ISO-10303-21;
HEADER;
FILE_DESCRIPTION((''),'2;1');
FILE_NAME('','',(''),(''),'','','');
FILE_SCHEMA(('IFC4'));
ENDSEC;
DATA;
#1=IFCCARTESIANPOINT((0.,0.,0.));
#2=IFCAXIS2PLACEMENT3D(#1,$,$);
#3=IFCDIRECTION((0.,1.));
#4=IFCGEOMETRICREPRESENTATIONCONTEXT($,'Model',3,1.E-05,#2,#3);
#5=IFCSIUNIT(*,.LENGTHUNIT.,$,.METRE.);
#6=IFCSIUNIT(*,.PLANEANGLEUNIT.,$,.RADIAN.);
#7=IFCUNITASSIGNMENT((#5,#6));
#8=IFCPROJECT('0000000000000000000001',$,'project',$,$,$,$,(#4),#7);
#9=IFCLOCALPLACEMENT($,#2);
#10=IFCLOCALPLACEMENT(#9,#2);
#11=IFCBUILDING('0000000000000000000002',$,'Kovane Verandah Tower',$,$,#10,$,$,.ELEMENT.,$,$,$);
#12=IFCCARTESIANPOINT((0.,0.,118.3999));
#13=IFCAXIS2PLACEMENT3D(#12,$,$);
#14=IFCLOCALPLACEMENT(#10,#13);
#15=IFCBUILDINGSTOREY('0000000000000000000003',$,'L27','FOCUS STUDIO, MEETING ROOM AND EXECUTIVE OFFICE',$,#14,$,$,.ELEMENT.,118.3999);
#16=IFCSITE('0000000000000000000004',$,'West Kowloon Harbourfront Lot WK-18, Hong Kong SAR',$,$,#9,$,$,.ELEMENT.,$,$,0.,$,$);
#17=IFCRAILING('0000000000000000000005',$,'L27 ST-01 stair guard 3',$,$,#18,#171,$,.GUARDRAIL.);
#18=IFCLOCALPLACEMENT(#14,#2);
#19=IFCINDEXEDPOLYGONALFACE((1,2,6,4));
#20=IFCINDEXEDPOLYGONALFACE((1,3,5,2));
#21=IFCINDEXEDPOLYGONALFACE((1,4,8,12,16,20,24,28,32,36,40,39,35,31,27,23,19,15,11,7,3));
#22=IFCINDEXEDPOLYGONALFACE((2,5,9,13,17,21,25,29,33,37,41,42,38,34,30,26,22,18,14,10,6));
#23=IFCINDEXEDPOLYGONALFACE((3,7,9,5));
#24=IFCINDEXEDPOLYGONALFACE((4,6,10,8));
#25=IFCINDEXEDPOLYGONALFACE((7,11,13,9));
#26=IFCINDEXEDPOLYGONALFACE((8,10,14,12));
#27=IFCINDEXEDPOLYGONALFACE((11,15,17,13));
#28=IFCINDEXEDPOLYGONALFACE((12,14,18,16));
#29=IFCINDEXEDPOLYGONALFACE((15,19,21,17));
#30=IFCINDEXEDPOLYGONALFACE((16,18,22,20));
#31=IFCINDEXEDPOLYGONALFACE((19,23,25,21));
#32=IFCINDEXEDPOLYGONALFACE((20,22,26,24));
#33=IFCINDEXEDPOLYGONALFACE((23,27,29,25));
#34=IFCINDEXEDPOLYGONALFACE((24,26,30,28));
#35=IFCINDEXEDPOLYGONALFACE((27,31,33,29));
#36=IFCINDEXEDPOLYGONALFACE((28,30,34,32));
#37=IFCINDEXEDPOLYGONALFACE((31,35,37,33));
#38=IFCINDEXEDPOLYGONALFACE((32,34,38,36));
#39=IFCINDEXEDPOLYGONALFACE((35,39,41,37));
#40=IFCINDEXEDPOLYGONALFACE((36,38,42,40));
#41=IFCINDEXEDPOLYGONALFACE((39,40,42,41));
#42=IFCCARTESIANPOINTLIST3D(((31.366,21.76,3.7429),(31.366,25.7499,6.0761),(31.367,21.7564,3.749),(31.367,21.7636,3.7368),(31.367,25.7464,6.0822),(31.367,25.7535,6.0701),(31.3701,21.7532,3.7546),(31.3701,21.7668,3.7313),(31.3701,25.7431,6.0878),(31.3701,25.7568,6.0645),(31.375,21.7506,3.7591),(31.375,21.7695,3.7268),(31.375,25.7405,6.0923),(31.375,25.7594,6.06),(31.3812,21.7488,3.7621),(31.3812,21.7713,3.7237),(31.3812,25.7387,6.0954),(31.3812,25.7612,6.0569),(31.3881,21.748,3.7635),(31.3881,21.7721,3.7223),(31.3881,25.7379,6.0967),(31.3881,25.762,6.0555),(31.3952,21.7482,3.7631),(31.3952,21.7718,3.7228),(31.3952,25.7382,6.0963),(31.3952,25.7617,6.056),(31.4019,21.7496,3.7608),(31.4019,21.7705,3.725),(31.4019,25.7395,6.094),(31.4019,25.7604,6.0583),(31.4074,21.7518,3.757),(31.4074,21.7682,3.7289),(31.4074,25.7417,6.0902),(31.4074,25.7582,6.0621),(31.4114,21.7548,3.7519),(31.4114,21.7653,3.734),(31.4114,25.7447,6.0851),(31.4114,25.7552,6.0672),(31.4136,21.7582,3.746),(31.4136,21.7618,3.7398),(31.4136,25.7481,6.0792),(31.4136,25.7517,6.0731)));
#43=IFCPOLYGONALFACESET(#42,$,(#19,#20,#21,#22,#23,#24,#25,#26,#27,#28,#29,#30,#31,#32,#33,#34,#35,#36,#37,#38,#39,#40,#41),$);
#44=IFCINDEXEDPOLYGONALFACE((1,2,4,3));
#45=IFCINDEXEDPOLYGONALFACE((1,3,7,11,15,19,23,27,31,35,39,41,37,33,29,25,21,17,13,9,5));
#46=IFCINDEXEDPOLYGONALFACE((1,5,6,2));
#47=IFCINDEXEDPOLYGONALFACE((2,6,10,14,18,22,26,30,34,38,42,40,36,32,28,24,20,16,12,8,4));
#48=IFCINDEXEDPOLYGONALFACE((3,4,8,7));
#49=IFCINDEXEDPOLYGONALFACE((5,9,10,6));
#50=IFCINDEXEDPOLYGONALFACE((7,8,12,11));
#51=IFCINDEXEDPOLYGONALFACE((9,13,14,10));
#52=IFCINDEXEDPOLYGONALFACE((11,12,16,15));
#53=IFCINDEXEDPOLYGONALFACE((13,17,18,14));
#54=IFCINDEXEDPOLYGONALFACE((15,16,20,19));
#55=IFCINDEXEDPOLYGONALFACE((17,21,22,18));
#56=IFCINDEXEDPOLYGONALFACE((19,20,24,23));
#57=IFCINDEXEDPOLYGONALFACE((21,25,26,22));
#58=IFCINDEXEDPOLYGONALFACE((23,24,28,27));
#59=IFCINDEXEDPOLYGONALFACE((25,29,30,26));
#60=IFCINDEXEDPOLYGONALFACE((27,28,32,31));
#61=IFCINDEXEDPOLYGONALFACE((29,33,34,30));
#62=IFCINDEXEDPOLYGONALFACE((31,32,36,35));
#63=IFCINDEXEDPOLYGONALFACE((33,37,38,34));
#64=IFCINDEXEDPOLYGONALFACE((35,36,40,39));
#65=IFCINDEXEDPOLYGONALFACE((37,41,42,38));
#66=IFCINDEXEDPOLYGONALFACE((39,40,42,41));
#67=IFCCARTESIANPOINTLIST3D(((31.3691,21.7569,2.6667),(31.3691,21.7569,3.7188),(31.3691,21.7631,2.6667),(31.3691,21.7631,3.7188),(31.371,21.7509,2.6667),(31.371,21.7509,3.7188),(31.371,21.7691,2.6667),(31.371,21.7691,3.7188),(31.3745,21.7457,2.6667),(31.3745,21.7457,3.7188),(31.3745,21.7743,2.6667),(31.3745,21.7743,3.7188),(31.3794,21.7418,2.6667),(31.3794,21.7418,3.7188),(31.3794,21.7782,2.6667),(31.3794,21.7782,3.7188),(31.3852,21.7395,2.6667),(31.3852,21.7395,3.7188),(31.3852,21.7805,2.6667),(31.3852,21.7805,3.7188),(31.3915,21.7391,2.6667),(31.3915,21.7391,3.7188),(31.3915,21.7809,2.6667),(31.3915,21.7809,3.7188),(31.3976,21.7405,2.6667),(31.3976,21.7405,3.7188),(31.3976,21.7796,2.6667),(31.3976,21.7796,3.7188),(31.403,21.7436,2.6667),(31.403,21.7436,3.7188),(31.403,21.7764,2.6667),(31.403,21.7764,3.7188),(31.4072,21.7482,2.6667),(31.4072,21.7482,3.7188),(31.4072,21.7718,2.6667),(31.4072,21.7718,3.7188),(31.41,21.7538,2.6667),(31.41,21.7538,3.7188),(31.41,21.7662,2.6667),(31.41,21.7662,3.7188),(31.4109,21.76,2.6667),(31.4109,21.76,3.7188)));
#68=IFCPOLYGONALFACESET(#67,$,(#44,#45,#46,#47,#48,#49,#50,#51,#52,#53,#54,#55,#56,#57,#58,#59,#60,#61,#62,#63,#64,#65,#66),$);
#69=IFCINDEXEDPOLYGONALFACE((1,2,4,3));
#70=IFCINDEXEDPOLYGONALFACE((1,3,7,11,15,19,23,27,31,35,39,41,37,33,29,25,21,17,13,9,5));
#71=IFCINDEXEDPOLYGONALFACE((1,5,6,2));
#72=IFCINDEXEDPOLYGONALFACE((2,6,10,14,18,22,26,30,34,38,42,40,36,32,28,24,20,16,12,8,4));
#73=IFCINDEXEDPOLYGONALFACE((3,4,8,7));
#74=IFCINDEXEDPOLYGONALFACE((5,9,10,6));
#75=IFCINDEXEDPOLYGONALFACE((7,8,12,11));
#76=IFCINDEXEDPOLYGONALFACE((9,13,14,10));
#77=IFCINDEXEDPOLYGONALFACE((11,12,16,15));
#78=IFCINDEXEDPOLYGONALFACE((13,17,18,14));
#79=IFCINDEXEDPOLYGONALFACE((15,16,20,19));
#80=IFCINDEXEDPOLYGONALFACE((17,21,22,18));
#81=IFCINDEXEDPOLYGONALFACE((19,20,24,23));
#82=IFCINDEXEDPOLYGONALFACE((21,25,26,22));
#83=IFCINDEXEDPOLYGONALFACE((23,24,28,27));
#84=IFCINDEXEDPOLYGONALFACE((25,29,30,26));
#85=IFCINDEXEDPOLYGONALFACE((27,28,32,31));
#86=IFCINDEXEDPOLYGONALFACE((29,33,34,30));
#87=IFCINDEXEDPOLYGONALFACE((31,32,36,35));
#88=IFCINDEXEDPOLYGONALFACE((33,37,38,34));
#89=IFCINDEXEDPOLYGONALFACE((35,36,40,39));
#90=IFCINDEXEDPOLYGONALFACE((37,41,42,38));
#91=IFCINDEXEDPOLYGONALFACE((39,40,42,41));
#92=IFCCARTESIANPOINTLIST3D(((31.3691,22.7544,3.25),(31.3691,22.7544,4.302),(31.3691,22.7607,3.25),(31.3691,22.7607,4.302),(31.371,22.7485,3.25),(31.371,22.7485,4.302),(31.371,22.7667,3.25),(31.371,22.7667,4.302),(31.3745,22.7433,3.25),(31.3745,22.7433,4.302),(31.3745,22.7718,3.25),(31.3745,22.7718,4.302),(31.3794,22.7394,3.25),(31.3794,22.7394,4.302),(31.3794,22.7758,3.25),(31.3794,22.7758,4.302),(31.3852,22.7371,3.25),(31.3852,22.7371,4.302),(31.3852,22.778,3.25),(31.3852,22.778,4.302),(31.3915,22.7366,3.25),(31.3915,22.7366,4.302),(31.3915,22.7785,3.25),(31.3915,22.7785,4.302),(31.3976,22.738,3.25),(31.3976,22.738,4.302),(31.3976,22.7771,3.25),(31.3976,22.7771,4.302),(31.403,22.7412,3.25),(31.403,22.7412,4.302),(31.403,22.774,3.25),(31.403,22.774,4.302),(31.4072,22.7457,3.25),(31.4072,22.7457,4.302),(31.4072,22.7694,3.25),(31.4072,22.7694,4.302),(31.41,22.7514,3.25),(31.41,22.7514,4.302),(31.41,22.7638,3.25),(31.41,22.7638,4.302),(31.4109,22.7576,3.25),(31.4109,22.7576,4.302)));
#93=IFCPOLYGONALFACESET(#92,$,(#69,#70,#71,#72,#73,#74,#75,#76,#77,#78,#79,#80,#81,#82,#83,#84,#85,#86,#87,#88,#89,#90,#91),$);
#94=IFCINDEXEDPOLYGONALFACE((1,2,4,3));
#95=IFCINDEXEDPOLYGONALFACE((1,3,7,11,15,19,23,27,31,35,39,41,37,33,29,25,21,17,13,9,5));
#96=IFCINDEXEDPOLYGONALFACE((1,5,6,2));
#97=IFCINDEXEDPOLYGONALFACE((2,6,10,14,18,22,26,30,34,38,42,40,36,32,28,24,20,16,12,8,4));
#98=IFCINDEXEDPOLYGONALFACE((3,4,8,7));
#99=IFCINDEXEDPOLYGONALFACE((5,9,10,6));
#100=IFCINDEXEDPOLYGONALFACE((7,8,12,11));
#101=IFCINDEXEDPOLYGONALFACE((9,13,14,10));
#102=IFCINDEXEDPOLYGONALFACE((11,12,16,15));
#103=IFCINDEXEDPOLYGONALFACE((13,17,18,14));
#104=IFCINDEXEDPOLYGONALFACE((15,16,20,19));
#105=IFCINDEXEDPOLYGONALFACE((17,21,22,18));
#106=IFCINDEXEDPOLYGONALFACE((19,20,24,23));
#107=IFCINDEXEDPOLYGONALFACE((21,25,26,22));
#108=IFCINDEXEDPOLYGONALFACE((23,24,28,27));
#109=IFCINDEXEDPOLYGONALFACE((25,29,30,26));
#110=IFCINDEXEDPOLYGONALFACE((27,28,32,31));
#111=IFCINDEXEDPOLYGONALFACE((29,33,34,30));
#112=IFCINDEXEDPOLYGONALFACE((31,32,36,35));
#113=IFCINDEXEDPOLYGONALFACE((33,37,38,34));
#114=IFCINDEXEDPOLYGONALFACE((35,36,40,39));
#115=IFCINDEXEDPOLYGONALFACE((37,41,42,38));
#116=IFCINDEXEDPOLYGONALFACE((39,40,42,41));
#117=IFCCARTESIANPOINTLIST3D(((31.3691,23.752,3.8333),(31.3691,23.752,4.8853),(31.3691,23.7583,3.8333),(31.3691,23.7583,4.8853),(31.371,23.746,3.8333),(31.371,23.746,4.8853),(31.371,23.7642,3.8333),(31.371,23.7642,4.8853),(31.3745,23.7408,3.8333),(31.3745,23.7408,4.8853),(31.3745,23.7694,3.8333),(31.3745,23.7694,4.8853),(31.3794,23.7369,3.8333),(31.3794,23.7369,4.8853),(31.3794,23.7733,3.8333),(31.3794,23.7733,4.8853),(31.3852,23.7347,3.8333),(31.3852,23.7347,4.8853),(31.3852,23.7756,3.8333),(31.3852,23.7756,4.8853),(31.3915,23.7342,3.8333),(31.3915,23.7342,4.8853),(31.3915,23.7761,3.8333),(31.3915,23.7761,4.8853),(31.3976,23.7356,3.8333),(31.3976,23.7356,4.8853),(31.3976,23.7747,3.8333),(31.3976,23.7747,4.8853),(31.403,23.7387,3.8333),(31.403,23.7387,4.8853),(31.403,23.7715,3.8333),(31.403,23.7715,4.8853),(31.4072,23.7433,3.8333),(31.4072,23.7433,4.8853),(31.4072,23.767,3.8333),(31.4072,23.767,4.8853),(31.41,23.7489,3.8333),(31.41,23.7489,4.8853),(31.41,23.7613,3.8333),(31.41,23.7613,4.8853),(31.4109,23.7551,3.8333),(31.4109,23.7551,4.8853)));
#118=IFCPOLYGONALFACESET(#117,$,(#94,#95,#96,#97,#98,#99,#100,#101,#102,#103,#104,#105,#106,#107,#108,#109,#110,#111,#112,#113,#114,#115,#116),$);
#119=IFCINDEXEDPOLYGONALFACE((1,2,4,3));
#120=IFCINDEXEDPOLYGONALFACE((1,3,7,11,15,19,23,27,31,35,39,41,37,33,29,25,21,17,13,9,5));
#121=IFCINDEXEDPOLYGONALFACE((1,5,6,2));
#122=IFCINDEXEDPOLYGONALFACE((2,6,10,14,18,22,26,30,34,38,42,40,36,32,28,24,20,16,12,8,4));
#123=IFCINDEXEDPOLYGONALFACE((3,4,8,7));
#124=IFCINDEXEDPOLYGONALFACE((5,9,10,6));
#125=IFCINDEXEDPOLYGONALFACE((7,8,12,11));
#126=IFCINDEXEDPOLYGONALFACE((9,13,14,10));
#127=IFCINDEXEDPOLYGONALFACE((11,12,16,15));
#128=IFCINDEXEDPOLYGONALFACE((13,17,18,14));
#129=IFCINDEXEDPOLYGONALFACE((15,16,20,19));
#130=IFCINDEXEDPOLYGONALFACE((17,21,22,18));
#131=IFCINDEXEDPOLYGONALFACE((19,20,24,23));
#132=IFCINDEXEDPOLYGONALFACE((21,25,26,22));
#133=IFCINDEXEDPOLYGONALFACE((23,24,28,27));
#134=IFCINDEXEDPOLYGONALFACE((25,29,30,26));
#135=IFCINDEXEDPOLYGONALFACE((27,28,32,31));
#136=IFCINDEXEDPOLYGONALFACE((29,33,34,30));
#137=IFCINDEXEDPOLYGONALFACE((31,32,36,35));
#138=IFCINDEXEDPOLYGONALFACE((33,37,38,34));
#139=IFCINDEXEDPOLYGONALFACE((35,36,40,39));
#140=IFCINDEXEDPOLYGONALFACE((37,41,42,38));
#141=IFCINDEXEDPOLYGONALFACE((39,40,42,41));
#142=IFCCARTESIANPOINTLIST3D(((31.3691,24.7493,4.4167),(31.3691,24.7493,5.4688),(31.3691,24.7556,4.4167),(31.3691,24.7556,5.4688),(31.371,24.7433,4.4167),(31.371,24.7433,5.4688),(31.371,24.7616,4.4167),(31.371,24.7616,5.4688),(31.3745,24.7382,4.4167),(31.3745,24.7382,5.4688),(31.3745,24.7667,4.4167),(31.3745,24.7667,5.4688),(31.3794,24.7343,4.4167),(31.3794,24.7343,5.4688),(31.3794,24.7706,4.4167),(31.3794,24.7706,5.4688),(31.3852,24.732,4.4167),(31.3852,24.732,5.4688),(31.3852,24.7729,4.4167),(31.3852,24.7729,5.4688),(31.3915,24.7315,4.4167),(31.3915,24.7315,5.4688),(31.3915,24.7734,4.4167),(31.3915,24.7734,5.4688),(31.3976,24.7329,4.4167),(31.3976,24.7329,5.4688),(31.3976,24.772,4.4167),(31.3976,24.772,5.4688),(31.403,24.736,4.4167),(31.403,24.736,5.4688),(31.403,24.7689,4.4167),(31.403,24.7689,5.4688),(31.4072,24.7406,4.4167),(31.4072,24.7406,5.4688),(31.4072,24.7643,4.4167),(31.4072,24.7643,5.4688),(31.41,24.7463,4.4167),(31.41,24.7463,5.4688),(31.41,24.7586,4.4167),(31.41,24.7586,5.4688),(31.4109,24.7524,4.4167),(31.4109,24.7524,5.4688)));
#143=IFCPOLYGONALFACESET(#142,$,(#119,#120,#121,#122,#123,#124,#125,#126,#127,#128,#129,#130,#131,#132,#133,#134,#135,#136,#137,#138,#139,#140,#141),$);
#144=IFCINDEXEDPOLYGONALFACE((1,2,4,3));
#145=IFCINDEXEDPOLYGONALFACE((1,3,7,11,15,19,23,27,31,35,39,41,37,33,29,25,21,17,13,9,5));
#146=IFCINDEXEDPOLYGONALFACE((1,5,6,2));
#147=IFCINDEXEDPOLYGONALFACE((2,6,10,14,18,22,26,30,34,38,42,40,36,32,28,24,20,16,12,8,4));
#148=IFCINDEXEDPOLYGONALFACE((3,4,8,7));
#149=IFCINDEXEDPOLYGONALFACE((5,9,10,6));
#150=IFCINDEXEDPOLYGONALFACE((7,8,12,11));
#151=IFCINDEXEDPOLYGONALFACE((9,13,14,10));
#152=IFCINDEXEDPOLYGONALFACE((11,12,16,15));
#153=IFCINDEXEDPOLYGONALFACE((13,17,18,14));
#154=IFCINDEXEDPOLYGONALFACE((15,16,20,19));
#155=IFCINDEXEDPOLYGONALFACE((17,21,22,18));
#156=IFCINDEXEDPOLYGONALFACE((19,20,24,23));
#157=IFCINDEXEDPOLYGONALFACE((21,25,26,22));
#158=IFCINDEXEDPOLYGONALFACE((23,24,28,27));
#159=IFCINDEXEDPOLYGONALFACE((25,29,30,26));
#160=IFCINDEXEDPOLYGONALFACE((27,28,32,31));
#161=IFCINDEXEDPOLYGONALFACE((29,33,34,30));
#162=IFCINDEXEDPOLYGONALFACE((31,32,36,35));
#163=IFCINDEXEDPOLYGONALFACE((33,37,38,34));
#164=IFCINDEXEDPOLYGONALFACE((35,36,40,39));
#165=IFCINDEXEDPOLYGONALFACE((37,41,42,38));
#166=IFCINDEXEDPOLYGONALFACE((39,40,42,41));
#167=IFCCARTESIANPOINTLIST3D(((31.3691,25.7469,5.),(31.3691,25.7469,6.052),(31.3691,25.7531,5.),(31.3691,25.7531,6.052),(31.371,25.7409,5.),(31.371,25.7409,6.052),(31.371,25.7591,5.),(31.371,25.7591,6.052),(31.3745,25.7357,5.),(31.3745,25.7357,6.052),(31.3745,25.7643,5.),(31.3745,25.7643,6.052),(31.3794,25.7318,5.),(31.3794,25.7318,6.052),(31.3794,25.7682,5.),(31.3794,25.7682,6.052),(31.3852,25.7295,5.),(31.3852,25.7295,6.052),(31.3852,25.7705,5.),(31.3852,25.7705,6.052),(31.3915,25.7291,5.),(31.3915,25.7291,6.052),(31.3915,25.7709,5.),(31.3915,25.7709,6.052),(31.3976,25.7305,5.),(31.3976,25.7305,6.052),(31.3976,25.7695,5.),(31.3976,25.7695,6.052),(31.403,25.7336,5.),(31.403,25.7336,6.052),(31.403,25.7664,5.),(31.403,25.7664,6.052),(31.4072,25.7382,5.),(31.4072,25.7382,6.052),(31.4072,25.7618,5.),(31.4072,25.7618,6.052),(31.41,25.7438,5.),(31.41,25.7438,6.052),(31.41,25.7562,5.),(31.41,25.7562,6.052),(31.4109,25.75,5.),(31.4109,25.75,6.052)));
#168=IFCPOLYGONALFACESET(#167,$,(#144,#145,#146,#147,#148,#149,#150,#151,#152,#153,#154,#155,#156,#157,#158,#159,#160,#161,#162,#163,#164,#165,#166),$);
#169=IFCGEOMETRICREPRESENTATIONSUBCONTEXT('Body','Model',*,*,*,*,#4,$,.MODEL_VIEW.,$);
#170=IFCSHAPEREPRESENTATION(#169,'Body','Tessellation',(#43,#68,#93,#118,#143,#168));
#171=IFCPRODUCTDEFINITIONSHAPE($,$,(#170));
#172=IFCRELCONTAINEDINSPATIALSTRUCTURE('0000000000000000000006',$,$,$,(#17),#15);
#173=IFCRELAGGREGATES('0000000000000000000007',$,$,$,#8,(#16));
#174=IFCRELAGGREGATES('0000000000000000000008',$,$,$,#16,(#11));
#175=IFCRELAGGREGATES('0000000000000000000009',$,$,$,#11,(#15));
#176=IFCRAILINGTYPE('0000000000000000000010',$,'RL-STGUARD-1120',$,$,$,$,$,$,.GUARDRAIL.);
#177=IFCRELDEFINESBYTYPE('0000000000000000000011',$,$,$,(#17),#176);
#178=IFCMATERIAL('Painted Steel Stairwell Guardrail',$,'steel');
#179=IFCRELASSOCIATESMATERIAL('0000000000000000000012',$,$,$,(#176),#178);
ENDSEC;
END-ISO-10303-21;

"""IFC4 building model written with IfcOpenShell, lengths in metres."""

from ifc_helpers import new_model, si_unit, direction, frame, origin, origin_2d, place, context, subcontext, project, spatial, circle, extrude, material, type_object, element, save


model = new_model("IFC4")

# Units and contexts
model_context = context("Model", 3, precision=1e-05, world=origin(), true_north=direction((0.0, 1.0)))
body_context = subcontext(model_context, "Body", "Model", "MODEL_VIEW")
ifc_project = project(units=[si_unit("LENGTHUNIT", "METRE"), si_unit("PLANEANGLEUNIT", "RADIAN")], contexts=[model_context])

# Site, building, storey
site_placement = place(None, origin())
site = spatial("IfcSite", under=ifc_project, at=site_placement, Name="West Kowloon Harbourfront Lot WK-18, Hong Kong SAR", CompositionType="ELEMENT", RefElevation=0.0)
building_placement = place(site_placement, origin())
building = spatial("IfcBuilding", under=site, at=building_placement, Name="Kovane Verandah Tower", CompositionType="ELEMENT")
storey_placement = place(building_placement, frame((0.0, 0.0, 118.3999)))
storey = spatial("IfcBuildingStorey", under=building, at=storey_placement, Name="L27", Description="FOCUS STUDIO, MEETING ROOM AND EXECUTIVE OFFICE", CompositionType="ELEMENT", Elevation=118.3999)

# Railing
ifc_material_1 = material(Name="Painted Steel Stairwell Guardrail", Category="steel")
railing_type_1 = type_object("IfcRailingType", Name="RL-STGUARD-1120", PredefinedType="GUARDRAIL", material=ifc_material_1)
railing_1_placement = place(storey_placement, frame((31.3899, 21.76, 2.6667)))
element("IfcRailing", 1, at=railing_1_placement, inside=storey, type_object=railing_type_1, Name="L27 ST-01 stair guard 3", PredefinedType="GUARDRAIL", context=body_context, shape_type="SweptSolid", body=[
    extrude(circle(Radius=0.0239, at=origin_2d()), frame((0.0, 0.0, 1.0762), z_axis=(0.0, 0.863236, 0.5048), x_axis=(-1.0, 0.0, 0.0)), (0.0, 0.0, 1.0), 4.6221),
    extrude(circle(Radius=0.021, at=origin_2d()), origin(), (0.0, 0.0, 1.0), 1.052),
    extrude(circle(Radius=0.021, at=origin_2d()), frame((0.0, 0.9976, 0.5833)), (0.0, 0.0, 1.0), 1.052),
    extrude(circle(Radius=0.021, at=origin_2d()), frame((0.0, 1.9951, 1.1665)), (0.0, 0.0, 1.0), 1.052),
    extrude(circle(Radius=0.021, at=origin_2d()), frame((0.0, 2.9924, 1.75)), (0.0, 0.0, 1.0), 1.052),
    extrude(circle(Radius=0.021, at=origin_2d()), frame((0.0, 3.99, 2.3333)), (0.0, 0.0, 1.0), 1.052),
])

save(model, "model.ifc")
